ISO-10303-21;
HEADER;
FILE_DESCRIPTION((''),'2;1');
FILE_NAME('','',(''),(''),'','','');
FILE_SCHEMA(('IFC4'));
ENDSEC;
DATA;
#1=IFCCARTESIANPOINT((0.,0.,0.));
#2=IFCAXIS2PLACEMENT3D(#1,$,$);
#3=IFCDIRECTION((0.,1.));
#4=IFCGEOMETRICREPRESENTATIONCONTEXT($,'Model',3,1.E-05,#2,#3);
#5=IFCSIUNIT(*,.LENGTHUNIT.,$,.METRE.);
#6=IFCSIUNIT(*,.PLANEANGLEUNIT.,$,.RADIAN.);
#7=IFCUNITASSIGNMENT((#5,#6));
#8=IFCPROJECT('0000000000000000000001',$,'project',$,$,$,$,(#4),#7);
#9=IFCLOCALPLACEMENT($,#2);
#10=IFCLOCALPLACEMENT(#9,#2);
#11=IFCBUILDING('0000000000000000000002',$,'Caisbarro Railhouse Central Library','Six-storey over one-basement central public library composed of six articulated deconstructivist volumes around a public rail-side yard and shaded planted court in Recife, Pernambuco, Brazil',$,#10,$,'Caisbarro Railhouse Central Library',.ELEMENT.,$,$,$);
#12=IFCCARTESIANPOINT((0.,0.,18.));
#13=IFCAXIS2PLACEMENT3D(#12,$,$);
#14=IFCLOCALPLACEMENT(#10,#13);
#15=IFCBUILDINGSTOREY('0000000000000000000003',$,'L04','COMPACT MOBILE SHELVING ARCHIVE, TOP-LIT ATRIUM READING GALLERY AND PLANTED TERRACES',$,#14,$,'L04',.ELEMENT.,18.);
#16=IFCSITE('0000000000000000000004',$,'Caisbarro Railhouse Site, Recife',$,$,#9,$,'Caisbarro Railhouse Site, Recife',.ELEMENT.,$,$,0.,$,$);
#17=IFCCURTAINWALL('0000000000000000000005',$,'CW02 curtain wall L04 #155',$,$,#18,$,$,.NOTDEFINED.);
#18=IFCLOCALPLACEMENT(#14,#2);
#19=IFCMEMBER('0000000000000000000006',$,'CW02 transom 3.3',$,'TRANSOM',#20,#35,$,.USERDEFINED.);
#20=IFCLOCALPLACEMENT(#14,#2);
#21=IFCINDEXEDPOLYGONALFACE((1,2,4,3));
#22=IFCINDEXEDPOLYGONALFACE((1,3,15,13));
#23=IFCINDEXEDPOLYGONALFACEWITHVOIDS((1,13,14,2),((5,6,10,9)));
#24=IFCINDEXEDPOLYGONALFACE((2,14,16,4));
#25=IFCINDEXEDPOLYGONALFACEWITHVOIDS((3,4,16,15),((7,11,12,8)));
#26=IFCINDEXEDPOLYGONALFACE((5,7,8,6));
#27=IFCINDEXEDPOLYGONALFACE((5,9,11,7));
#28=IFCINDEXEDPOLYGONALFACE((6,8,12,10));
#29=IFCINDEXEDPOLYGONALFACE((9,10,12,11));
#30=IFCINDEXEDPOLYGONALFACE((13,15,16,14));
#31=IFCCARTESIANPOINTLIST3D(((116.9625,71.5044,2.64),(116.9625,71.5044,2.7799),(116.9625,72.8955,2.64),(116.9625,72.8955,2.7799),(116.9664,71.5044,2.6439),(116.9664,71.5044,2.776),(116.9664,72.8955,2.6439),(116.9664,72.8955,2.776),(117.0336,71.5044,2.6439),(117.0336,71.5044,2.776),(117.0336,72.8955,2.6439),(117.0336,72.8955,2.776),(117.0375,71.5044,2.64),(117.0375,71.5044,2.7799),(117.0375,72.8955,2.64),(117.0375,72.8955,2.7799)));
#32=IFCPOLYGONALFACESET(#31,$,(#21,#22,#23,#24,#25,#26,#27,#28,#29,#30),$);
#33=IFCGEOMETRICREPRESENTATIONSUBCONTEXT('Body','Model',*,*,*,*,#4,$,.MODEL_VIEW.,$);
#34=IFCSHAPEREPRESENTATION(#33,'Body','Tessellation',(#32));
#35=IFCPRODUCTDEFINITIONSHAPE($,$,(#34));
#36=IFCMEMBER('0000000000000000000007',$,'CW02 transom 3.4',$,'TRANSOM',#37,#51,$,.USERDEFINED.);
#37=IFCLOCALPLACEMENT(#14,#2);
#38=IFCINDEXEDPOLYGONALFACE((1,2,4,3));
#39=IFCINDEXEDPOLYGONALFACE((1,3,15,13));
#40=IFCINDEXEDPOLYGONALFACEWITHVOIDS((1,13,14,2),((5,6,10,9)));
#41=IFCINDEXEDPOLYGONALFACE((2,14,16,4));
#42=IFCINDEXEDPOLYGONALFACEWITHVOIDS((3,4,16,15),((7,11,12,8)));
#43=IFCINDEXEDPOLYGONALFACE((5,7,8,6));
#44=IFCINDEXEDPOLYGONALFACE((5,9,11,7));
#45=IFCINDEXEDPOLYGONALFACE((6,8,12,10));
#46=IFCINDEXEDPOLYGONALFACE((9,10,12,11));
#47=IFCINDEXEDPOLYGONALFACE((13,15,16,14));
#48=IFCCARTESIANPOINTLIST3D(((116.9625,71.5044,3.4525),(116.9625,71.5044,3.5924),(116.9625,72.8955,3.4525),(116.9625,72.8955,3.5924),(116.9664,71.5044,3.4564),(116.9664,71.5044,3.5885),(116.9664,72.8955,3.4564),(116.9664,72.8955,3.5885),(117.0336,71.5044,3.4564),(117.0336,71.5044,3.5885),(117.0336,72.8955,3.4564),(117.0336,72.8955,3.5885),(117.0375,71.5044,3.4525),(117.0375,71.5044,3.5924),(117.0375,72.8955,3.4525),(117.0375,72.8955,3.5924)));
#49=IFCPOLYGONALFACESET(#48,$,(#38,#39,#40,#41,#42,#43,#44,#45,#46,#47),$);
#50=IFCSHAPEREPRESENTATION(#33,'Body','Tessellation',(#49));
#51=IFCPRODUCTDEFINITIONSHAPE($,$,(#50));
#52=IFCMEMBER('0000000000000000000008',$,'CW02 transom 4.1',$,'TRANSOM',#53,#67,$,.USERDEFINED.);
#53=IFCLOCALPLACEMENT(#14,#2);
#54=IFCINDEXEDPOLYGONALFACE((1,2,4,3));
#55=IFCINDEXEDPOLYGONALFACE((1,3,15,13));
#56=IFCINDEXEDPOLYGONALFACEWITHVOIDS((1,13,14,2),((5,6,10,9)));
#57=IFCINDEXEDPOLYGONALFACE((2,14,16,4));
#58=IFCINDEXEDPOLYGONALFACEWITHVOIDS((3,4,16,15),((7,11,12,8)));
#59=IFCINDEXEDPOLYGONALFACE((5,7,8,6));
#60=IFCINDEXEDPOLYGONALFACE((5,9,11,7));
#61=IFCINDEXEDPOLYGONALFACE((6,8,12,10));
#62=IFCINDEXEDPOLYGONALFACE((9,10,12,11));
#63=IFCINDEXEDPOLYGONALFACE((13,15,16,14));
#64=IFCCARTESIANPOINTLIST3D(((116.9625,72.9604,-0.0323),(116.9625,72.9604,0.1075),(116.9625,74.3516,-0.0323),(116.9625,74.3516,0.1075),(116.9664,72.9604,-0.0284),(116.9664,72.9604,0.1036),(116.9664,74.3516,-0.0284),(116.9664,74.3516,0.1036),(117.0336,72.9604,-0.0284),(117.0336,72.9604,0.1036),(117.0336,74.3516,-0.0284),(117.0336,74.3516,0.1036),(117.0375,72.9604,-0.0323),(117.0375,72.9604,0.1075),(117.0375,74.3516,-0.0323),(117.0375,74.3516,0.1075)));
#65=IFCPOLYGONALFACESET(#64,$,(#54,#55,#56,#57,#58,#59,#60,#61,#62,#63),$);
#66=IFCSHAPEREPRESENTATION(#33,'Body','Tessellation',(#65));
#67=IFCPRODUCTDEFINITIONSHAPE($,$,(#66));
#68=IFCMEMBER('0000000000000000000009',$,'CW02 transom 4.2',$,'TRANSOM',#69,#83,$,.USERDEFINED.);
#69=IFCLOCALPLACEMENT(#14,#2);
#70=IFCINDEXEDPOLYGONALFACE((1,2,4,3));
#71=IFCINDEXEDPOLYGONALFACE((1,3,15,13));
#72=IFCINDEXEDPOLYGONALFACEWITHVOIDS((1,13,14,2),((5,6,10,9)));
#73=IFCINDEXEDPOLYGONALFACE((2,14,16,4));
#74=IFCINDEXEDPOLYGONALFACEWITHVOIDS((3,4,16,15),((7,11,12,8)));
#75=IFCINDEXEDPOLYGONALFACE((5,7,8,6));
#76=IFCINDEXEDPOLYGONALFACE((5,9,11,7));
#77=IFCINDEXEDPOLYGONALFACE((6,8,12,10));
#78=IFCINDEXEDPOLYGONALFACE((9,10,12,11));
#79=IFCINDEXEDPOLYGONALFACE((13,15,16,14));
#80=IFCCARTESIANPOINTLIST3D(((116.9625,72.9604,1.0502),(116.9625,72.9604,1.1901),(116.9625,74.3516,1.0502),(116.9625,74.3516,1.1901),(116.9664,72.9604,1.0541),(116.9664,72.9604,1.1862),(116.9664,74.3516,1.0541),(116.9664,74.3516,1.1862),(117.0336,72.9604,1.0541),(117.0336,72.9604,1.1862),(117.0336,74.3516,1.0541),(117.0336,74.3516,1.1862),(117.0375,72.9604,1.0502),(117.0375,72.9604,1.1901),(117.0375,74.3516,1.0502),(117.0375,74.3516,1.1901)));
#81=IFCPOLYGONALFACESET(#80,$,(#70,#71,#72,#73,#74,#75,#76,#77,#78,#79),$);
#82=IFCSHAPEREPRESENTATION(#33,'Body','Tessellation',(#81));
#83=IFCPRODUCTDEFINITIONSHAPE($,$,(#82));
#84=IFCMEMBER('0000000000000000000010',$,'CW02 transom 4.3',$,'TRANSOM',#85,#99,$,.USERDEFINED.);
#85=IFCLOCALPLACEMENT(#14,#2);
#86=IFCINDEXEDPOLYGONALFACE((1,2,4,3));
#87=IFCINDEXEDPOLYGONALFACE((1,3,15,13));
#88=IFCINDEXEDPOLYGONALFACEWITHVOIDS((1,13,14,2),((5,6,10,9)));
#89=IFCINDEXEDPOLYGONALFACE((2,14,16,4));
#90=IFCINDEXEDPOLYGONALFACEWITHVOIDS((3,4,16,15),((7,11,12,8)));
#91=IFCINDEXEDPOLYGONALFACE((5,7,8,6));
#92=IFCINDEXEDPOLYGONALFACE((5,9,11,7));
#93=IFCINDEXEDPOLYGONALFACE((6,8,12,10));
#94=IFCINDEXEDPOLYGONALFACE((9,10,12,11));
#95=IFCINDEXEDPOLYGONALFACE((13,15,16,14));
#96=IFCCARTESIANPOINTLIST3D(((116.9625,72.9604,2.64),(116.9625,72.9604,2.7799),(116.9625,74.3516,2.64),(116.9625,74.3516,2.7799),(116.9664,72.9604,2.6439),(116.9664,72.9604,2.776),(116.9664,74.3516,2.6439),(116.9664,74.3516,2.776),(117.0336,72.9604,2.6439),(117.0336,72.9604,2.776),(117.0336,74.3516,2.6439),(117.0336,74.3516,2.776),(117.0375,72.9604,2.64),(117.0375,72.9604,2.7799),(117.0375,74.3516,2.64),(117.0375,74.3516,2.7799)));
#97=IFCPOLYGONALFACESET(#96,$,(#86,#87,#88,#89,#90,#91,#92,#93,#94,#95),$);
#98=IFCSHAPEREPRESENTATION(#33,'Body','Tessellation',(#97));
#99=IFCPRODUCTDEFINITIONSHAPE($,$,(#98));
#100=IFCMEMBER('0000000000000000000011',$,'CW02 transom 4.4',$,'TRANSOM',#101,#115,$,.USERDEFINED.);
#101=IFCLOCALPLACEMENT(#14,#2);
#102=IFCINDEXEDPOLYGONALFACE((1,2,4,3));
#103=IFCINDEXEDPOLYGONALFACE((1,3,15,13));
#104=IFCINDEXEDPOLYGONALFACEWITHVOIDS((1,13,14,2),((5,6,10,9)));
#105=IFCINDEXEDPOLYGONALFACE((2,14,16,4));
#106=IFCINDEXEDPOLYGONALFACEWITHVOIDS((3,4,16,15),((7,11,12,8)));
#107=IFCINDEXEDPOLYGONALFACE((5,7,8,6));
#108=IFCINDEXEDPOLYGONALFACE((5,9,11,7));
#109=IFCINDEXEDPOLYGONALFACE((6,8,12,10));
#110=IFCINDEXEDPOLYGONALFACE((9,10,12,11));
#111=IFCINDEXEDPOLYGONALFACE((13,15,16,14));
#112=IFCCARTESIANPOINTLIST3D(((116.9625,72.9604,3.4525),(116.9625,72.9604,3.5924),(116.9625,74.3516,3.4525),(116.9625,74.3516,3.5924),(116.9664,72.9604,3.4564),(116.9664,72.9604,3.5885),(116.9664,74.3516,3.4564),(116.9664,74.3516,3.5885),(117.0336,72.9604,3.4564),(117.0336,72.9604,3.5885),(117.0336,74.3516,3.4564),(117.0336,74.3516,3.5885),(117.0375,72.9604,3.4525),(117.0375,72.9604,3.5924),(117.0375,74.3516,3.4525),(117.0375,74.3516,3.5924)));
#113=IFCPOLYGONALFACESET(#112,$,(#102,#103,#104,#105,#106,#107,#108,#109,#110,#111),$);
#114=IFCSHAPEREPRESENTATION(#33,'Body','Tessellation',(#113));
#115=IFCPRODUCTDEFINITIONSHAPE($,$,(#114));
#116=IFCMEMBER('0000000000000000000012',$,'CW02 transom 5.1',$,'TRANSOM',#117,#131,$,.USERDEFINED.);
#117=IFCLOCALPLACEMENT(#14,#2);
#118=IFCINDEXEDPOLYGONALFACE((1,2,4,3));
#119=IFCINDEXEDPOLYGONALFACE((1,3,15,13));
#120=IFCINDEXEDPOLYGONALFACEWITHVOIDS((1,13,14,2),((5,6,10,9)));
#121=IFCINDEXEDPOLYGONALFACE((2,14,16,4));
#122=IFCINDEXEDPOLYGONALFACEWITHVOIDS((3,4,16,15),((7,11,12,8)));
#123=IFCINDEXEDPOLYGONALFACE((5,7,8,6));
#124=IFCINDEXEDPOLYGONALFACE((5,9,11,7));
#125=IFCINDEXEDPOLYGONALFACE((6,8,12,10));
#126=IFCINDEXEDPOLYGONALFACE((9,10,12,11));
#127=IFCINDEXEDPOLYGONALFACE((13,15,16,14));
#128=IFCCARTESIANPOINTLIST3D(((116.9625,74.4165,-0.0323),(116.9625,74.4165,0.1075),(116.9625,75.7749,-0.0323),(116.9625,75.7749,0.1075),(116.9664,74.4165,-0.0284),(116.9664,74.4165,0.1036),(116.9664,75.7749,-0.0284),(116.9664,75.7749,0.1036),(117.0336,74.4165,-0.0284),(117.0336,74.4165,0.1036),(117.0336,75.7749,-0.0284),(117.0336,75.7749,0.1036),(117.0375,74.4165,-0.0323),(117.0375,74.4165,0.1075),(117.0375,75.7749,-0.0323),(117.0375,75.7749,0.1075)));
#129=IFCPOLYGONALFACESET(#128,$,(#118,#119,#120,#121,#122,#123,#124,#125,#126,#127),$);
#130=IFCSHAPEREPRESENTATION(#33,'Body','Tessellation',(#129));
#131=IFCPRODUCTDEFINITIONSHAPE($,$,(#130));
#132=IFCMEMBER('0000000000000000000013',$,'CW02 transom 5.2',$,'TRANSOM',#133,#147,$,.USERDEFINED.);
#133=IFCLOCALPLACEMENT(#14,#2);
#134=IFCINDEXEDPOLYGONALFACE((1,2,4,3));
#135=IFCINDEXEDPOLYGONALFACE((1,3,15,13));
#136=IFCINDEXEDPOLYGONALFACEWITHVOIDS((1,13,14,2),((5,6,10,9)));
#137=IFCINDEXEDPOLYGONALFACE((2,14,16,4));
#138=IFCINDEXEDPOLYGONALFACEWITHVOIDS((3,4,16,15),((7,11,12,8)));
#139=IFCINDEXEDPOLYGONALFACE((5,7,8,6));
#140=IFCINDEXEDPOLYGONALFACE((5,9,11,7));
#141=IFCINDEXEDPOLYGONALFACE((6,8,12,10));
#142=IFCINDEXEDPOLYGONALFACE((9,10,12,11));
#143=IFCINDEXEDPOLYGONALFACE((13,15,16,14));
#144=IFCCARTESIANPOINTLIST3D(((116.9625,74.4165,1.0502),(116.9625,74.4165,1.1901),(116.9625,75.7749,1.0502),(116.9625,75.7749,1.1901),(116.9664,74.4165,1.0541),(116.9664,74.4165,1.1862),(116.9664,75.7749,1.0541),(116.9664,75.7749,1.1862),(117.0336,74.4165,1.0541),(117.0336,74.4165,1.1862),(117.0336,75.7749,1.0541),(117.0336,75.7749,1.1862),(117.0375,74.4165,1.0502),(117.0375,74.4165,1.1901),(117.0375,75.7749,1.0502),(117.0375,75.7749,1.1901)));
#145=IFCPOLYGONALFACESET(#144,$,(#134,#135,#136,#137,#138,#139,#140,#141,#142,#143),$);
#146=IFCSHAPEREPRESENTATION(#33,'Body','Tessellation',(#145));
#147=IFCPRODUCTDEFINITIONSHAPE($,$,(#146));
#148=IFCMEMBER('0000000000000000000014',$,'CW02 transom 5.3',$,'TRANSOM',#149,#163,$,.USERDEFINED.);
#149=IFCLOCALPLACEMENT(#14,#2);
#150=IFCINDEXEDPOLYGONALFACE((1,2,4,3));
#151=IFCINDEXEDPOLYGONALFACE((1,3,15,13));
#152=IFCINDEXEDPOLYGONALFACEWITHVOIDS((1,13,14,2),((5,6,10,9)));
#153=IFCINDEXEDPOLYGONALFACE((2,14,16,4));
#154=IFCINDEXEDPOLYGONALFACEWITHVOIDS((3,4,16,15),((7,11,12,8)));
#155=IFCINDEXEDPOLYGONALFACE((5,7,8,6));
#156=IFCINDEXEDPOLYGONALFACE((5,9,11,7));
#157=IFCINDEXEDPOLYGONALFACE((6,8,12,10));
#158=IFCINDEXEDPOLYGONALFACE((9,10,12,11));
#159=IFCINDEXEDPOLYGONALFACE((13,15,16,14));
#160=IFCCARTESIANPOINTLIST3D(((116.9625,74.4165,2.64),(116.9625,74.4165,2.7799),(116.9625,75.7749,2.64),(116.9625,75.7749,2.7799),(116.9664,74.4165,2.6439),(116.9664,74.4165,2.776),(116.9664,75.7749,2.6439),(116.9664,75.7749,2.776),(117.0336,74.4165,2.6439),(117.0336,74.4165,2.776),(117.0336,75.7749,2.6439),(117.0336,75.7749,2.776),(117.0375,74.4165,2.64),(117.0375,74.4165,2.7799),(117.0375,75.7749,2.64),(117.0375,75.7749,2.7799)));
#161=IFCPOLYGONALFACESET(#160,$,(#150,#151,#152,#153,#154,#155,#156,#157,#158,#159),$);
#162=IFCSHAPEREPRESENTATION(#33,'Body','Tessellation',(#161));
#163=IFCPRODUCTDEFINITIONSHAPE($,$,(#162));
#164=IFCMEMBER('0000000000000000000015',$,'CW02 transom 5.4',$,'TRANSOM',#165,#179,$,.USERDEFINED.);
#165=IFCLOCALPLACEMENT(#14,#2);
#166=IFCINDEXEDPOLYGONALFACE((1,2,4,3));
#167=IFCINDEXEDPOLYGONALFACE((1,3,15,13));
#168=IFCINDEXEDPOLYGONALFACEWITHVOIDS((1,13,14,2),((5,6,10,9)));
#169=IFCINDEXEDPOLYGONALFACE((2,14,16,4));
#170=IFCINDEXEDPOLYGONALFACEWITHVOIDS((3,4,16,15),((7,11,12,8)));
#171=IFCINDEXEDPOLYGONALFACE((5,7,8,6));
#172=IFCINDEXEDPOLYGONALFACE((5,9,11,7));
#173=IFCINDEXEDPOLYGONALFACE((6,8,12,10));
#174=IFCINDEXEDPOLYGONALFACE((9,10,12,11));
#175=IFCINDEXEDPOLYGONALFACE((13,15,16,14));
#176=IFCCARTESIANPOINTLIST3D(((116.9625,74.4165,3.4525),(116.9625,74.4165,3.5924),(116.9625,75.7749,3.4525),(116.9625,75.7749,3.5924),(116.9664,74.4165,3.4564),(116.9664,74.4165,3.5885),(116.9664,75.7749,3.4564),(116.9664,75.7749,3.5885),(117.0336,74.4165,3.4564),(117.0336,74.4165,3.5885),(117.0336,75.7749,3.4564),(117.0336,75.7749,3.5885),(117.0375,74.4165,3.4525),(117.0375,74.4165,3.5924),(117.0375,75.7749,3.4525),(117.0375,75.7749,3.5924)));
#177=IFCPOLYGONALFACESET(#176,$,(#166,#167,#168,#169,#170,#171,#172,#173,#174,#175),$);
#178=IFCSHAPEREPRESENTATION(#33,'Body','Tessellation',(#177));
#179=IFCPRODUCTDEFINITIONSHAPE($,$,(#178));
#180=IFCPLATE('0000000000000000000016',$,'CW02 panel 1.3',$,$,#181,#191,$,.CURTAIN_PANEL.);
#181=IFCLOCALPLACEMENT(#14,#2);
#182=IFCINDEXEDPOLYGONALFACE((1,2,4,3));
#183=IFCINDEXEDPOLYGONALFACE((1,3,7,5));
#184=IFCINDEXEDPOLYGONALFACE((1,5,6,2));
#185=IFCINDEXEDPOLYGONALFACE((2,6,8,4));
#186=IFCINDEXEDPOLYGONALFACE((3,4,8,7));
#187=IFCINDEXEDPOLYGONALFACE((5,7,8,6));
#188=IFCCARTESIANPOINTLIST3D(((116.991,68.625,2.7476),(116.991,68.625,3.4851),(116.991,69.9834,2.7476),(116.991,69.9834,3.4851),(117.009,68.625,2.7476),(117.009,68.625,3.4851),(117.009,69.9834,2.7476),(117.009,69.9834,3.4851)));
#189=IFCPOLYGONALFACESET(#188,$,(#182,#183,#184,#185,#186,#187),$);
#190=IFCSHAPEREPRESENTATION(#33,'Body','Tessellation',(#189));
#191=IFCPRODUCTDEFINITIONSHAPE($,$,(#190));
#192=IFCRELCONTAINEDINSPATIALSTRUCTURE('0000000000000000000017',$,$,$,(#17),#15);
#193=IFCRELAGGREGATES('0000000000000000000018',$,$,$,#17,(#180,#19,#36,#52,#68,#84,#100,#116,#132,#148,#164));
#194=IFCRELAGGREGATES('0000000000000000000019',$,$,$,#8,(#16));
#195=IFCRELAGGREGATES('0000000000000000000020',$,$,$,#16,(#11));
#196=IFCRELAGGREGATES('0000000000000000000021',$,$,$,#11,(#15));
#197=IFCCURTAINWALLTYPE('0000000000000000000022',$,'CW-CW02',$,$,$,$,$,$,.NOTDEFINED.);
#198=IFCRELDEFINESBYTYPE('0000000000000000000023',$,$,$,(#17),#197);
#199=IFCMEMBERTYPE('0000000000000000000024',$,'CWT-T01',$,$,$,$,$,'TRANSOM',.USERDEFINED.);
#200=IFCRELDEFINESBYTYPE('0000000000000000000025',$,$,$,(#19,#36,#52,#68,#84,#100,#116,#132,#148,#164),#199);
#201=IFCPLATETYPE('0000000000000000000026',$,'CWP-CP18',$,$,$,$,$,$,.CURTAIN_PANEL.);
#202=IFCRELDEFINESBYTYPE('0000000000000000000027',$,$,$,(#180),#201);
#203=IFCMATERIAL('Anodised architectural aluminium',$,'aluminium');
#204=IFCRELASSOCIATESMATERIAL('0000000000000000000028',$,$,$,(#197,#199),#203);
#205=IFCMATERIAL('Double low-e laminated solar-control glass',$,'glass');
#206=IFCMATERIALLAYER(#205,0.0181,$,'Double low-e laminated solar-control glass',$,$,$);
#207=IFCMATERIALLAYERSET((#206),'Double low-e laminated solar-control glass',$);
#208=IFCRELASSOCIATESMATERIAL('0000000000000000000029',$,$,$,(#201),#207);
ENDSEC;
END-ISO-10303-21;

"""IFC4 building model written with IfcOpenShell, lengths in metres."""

from ifc_helpers import new_model, si_unit, direction, frame, origin, origin_2d, place, context, subcontext, project, spatial, rectangle, hollow_rectangle, extrude, material, layer, layer_set, material_profile, profile_set, type_object, element, aggregate, save


model = new_model("IFC4")

# Units and contexts
model_context = context("Model", 3, precision=1e-05, world=origin(), true_north=direction((0.0, 1.0)))
body_context = subcontext(model_context, "Body", "Model", "MODEL_VIEW")
ifc_project = project(units=[si_unit("LENGTHUNIT", "METRE"), si_unit("PLANEANGLEUNIT", "RADIAN")], contexts=[model_context])

# Site, building, storey
site_placement = place(None, origin())
site = spatial("IfcSite", under=ifc_project, at=site_placement, Name="Caisbarro Railhouse Site, Recife", LongName="Caisbarro Railhouse Site, Recife", CompositionType="ELEMENT", RefElevation=0.0)
building_placement = place(site_placement, origin())
building = spatial("IfcBuilding", under=site, at=building_placement, Name="Caisbarro Railhouse Central Library", Description="Six-storey over one-basement central public library composed of six articulated deconstructivist volumes around a public rail-side yard and shaded planted court in Recife, Pernambuco, Brazil", LongName="Caisbarro Railhouse Central Library", CompositionType="ELEMENT")
storey_placement = place(building_placement, frame((0.0, 0.0, 18.0)))
storey = spatial("IfcBuildingStorey", under=building, at=storey_placement, Name="L04", Description="COMPACT MOBILE SHELVING ARCHIVE, TOP-LIT ATRIUM READING GALLERY AND PLANTED TERRACES", LongName="L04", CompositionType="ELEMENT", Elevation=18.0)

# Curtain wall, members, plate
ifc_material_1 = material(Name="Anodised architectural aluminium", Category="aluminium")
curtain_wall_type = type_object("IfcCurtainWallType", Name="CW-CW02", PredefinedType="NOTDEFINED", material=ifc_material_1)
curtain_wall_placement = place(storey_placement, origin())
curtain_wall = element("IfcCurtainWall", 1, at=curtain_wall_placement, inside=storey, type_object=curtain_wall_type, Name="CW02 curtain wall L04 #155", PredefinedType="NOTDEFINED")
ifc_material_profile_1 = material_profile(ifc_material_1, hollow_rectangle(XDim=0.075, YDim=0.1399, WallThickness=0.0039, at=origin_2d()), Name="ALU-TRN-75X140")
ifc_profile_set_1 = profile_set([ifc_material_profile_1], Name="Anodised architectural aluminium")
member_type_1 = type_object("IfcMemberType", Name="CWT-T01", ElementType="TRANSOM", PredefinedType="USERDEFINED", material=ifc_profile_set_1)
member_1_placement = place(storey_placement, frame((117.0, 71.5044, 2.71), z_axis=(0.0, 1.0, 0.0), x_axis=(-1.0, 0.0, 0.0)))
member_1 = element("IfcMember", 2, at=member_1_placement, type_object=member_type_1, Name="CW02 transom 3.3", ObjectType="TRANSOM", PredefinedType="USERDEFINED", context=body_context, shape_type="SweptSolid", body=[
    extrude(hollow_rectangle(XDim=0.075, YDim=0.1399, WallThickness=0.0039, at=origin_2d()), origin(), (0.0, 0.0, 1.0), 1.3911),
])
member_2_placement = place(storey_placement, frame((117.0, 71.5044, 3.5225), z_axis=(0.0, 1.0, 0.0), x_axis=(-1.0, 0.0, 0.0)))
member_2 = element("IfcMember", 3, at=member_2_placement, type_object=member_type_1, Name="CW02 transom 3.4", ObjectType="TRANSOM", PredefinedType="USERDEFINED", context=body_context, shape_type="SweptSolid", body=[
    extrude(hollow_rectangle(XDim=0.075, YDim=0.1399, WallThickness=0.0039, at=origin_2d()), origin(), (0.0, 0.0, 1.0), 1.3911),
])
member_3_placement = place(storey_placement, frame((117.0, 72.9604, 0.0376), z_axis=(0.0, 1.0, 0.0), x_axis=(-1.0, 0.0, 0.0)))
member_3 = element("IfcMember", 4, at=member_3_placement, type_object=member_type_1, Name="CW02 transom 4.1", ObjectType="TRANSOM", PredefinedType="USERDEFINED", context=body_context, shape_type="SweptSolid", body=[
    extrude(hollow_rectangle(XDim=0.075, YDim=0.1399, WallThickness=0.0039, at=origin_2d()), origin(), (0.0, 0.0, 1.0), 1.3911),
])
member_4_placement = place(storey_placement, frame((117.0, 72.9604, 1.1201), z_axis=(0.0, 1.0, 0.0), x_axis=(-1.0, 0.0, 0.0)))
member_4 = element("IfcMember", 5, at=member_4_placement, type_object=member_type_1, Name="CW02 transom 4.2", ObjectType="TRANSOM", PredefinedType="USERDEFINED", context=body_context, shape_type="SweptSolid", body=[
    extrude(hollow_rectangle(XDim=0.075, YDim=0.1399, WallThickness=0.0039, at=origin_2d()), origin(), (0.0, 0.0, 1.0), 1.3911),
])
member_5_placement = place(storey_placement, frame((117.0, 72.9604, 2.71), z_axis=(0.0, 1.0, 0.0), x_axis=(-1.0, 0.0, 0.0)))
member_5 = element("IfcMember", 6, at=member_5_placement, type_object=member_type_1, Name="CW02 transom 4.3", ObjectType="TRANSOM", PredefinedType="USERDEFINED", context=body_context, shape_type="SweptSolid", body=[
    extrude(hollow_rectangle(XDim=0.075, YDim=0.1399, WallThickness=0.0039, at=origin_2d()), origin(), (0.0, 0.0, 1.0), 1.3911),
])
member_6_placement = place(storey_placement, frame((117.0, 72.9604, 3.5225), z_axis=(0.0, 1.0, 0.0), x_axis=(-1.0, 0.0, 0.0)))
member_6 = element("IfcMember", 7, at=member_6_placement, type_object=member_type_1, Name="CW02 transom 4.4", ObjectType="TRANSOM", PredefinedType="USERDEFINED", context=body_context, shape_type="SweptSolid", body=[
    extrude(hollow_rectangle(XDim=0.075, YDim=0.1399, WallThickness=0.0039, at=origin_2d()), origin(), (0.0, 0.0, 1.0), 1.3911),
])
member_7_placement = place(storey_placement, frame((117.0, 74.4165, 0.0376), z_axis=(0.0, 1.0, 0.0), x_axis=(-1.0, 0.0, 0.0)))
member_7 = element("IfcMember", 8, at=member_7_placement, type_object=member_type_1, Name="CW02 transom 5.1", ObjectType="TRANSOM", PredefinedType="USERDEFINED", context=body_context, shape_type="SweptSolid", body=[
    extrude(hollow_rectangle(XDim=0.075, YDim=0.1399, WallThickness=0.0039, at=origin_2d()), origin(), (0.0, 0.0, 1.0), 1.3584),
])
member_8_placement = place(storey_placement, frame((117.0, 74.4165, 1.1201), z_axis=(0.0, 1.0, 0.0), x_axis=(-1.0, 0.0, 0.0)))
member_8 = element("IfcMember", 9, at=member_8_placement, type_object=member_type_1, Name="CW02 transom 5.2", ObjectType="TRANSOM", PredefinedType="USERDEFINED", context=body_context, shape_type="SweptSolid", body=[
    extrude(hollow_rectangle(XDim=0.075, YDim=0.1399, WallThickness=0.0039, at=origin_2d()), origin(), (0.0, 0.0, 1.0), 1.3584),
])
member_9_placement = place(storey_placement, frame((117.0, 74.4165, 2.71), z_axis=(0.0, 1.0, 0.0), x_axis=(-1.0, 0.0, 0.0)))
member_9 = element("IfcMember", 10, at=member_9_placement, type_object=member_type_1, Name="CW02 transom 5.3", ObjectType="TRANSOM", PredefinedType="USERDEFINED", context=body_context, shape_type="SweptSolid", body=[
    extrude(hollow_rectangle(XDim=0.075, YDim=0.1399, WallThickness=0.0039, at=origin_2d()), origin(), (0.0, 0.0, 1.0), 1.3584),
])
member_10_placement = place(storey_placement, frame((117.0, 74.4165, 3.5225), z_axis=(0.0, 1.0, 0.0), x_axis=(-1.0, 0.0, 0.0)))
member_10 = element("IfcMember", 11, at=member_10_placement, type_object=member_type_1, Name="CW02 transom 5.4", ObjectType="TRANSOM", PredefinedType="USERDEFINED", context=body_context, shape_type="SweptSolid", body=[
    extrude(hollow_rectangle(XDim=0.075, YDim=0.1399, WallThickness=0.0039, at=origin_2d()), origin(), (0.0, 0.0, 1.0), 1.3584),
])
ifc_material_2 = material(Name="Double low-e laminated solar-control glass", Category="glass")
ifc_layer_1 = layer(ifc_material_2, 0.0181, Name="Double low-e laminated solar-control glass")
ifc_layer_set_1 = layer_set([ifc_layer_1], Name="Double low-e laminated solar-control glass")
plate_type_1 = type_object("IfcPlateType", Name="CWP-CP18", PredefinedType="CURTAIN_PANEL", material=ifc_layer_set_1)
plate_1_placement = place(storey_placement, frame((117.0, 69.3042, 2.7476), z_axis=(0.0, 0.0, 1.0), x_axis=(0.0, 1.0, 0.0)))
plate_1 = element("IfcPlate", 12, at=plate_1_placement, type_object=plate_type_1, Name="CW02 panel 1.3", PredefinedType="CURTAIN_PANEL", context=body_context, shape_type="SweptSolid", body=[
    extrude(rectangle(XDim=1.3584, YDim=0.0181, at=origin_2d()), origin(), (0.0, 0.0, 1.0), 0.7375),
])
aggregate(curtain_wall, [plate_1, member_1, member_2, member_3, member_4, member_5, member_6, member_7, member_8, member_9, member_10])

save(model, "model.ifc")
